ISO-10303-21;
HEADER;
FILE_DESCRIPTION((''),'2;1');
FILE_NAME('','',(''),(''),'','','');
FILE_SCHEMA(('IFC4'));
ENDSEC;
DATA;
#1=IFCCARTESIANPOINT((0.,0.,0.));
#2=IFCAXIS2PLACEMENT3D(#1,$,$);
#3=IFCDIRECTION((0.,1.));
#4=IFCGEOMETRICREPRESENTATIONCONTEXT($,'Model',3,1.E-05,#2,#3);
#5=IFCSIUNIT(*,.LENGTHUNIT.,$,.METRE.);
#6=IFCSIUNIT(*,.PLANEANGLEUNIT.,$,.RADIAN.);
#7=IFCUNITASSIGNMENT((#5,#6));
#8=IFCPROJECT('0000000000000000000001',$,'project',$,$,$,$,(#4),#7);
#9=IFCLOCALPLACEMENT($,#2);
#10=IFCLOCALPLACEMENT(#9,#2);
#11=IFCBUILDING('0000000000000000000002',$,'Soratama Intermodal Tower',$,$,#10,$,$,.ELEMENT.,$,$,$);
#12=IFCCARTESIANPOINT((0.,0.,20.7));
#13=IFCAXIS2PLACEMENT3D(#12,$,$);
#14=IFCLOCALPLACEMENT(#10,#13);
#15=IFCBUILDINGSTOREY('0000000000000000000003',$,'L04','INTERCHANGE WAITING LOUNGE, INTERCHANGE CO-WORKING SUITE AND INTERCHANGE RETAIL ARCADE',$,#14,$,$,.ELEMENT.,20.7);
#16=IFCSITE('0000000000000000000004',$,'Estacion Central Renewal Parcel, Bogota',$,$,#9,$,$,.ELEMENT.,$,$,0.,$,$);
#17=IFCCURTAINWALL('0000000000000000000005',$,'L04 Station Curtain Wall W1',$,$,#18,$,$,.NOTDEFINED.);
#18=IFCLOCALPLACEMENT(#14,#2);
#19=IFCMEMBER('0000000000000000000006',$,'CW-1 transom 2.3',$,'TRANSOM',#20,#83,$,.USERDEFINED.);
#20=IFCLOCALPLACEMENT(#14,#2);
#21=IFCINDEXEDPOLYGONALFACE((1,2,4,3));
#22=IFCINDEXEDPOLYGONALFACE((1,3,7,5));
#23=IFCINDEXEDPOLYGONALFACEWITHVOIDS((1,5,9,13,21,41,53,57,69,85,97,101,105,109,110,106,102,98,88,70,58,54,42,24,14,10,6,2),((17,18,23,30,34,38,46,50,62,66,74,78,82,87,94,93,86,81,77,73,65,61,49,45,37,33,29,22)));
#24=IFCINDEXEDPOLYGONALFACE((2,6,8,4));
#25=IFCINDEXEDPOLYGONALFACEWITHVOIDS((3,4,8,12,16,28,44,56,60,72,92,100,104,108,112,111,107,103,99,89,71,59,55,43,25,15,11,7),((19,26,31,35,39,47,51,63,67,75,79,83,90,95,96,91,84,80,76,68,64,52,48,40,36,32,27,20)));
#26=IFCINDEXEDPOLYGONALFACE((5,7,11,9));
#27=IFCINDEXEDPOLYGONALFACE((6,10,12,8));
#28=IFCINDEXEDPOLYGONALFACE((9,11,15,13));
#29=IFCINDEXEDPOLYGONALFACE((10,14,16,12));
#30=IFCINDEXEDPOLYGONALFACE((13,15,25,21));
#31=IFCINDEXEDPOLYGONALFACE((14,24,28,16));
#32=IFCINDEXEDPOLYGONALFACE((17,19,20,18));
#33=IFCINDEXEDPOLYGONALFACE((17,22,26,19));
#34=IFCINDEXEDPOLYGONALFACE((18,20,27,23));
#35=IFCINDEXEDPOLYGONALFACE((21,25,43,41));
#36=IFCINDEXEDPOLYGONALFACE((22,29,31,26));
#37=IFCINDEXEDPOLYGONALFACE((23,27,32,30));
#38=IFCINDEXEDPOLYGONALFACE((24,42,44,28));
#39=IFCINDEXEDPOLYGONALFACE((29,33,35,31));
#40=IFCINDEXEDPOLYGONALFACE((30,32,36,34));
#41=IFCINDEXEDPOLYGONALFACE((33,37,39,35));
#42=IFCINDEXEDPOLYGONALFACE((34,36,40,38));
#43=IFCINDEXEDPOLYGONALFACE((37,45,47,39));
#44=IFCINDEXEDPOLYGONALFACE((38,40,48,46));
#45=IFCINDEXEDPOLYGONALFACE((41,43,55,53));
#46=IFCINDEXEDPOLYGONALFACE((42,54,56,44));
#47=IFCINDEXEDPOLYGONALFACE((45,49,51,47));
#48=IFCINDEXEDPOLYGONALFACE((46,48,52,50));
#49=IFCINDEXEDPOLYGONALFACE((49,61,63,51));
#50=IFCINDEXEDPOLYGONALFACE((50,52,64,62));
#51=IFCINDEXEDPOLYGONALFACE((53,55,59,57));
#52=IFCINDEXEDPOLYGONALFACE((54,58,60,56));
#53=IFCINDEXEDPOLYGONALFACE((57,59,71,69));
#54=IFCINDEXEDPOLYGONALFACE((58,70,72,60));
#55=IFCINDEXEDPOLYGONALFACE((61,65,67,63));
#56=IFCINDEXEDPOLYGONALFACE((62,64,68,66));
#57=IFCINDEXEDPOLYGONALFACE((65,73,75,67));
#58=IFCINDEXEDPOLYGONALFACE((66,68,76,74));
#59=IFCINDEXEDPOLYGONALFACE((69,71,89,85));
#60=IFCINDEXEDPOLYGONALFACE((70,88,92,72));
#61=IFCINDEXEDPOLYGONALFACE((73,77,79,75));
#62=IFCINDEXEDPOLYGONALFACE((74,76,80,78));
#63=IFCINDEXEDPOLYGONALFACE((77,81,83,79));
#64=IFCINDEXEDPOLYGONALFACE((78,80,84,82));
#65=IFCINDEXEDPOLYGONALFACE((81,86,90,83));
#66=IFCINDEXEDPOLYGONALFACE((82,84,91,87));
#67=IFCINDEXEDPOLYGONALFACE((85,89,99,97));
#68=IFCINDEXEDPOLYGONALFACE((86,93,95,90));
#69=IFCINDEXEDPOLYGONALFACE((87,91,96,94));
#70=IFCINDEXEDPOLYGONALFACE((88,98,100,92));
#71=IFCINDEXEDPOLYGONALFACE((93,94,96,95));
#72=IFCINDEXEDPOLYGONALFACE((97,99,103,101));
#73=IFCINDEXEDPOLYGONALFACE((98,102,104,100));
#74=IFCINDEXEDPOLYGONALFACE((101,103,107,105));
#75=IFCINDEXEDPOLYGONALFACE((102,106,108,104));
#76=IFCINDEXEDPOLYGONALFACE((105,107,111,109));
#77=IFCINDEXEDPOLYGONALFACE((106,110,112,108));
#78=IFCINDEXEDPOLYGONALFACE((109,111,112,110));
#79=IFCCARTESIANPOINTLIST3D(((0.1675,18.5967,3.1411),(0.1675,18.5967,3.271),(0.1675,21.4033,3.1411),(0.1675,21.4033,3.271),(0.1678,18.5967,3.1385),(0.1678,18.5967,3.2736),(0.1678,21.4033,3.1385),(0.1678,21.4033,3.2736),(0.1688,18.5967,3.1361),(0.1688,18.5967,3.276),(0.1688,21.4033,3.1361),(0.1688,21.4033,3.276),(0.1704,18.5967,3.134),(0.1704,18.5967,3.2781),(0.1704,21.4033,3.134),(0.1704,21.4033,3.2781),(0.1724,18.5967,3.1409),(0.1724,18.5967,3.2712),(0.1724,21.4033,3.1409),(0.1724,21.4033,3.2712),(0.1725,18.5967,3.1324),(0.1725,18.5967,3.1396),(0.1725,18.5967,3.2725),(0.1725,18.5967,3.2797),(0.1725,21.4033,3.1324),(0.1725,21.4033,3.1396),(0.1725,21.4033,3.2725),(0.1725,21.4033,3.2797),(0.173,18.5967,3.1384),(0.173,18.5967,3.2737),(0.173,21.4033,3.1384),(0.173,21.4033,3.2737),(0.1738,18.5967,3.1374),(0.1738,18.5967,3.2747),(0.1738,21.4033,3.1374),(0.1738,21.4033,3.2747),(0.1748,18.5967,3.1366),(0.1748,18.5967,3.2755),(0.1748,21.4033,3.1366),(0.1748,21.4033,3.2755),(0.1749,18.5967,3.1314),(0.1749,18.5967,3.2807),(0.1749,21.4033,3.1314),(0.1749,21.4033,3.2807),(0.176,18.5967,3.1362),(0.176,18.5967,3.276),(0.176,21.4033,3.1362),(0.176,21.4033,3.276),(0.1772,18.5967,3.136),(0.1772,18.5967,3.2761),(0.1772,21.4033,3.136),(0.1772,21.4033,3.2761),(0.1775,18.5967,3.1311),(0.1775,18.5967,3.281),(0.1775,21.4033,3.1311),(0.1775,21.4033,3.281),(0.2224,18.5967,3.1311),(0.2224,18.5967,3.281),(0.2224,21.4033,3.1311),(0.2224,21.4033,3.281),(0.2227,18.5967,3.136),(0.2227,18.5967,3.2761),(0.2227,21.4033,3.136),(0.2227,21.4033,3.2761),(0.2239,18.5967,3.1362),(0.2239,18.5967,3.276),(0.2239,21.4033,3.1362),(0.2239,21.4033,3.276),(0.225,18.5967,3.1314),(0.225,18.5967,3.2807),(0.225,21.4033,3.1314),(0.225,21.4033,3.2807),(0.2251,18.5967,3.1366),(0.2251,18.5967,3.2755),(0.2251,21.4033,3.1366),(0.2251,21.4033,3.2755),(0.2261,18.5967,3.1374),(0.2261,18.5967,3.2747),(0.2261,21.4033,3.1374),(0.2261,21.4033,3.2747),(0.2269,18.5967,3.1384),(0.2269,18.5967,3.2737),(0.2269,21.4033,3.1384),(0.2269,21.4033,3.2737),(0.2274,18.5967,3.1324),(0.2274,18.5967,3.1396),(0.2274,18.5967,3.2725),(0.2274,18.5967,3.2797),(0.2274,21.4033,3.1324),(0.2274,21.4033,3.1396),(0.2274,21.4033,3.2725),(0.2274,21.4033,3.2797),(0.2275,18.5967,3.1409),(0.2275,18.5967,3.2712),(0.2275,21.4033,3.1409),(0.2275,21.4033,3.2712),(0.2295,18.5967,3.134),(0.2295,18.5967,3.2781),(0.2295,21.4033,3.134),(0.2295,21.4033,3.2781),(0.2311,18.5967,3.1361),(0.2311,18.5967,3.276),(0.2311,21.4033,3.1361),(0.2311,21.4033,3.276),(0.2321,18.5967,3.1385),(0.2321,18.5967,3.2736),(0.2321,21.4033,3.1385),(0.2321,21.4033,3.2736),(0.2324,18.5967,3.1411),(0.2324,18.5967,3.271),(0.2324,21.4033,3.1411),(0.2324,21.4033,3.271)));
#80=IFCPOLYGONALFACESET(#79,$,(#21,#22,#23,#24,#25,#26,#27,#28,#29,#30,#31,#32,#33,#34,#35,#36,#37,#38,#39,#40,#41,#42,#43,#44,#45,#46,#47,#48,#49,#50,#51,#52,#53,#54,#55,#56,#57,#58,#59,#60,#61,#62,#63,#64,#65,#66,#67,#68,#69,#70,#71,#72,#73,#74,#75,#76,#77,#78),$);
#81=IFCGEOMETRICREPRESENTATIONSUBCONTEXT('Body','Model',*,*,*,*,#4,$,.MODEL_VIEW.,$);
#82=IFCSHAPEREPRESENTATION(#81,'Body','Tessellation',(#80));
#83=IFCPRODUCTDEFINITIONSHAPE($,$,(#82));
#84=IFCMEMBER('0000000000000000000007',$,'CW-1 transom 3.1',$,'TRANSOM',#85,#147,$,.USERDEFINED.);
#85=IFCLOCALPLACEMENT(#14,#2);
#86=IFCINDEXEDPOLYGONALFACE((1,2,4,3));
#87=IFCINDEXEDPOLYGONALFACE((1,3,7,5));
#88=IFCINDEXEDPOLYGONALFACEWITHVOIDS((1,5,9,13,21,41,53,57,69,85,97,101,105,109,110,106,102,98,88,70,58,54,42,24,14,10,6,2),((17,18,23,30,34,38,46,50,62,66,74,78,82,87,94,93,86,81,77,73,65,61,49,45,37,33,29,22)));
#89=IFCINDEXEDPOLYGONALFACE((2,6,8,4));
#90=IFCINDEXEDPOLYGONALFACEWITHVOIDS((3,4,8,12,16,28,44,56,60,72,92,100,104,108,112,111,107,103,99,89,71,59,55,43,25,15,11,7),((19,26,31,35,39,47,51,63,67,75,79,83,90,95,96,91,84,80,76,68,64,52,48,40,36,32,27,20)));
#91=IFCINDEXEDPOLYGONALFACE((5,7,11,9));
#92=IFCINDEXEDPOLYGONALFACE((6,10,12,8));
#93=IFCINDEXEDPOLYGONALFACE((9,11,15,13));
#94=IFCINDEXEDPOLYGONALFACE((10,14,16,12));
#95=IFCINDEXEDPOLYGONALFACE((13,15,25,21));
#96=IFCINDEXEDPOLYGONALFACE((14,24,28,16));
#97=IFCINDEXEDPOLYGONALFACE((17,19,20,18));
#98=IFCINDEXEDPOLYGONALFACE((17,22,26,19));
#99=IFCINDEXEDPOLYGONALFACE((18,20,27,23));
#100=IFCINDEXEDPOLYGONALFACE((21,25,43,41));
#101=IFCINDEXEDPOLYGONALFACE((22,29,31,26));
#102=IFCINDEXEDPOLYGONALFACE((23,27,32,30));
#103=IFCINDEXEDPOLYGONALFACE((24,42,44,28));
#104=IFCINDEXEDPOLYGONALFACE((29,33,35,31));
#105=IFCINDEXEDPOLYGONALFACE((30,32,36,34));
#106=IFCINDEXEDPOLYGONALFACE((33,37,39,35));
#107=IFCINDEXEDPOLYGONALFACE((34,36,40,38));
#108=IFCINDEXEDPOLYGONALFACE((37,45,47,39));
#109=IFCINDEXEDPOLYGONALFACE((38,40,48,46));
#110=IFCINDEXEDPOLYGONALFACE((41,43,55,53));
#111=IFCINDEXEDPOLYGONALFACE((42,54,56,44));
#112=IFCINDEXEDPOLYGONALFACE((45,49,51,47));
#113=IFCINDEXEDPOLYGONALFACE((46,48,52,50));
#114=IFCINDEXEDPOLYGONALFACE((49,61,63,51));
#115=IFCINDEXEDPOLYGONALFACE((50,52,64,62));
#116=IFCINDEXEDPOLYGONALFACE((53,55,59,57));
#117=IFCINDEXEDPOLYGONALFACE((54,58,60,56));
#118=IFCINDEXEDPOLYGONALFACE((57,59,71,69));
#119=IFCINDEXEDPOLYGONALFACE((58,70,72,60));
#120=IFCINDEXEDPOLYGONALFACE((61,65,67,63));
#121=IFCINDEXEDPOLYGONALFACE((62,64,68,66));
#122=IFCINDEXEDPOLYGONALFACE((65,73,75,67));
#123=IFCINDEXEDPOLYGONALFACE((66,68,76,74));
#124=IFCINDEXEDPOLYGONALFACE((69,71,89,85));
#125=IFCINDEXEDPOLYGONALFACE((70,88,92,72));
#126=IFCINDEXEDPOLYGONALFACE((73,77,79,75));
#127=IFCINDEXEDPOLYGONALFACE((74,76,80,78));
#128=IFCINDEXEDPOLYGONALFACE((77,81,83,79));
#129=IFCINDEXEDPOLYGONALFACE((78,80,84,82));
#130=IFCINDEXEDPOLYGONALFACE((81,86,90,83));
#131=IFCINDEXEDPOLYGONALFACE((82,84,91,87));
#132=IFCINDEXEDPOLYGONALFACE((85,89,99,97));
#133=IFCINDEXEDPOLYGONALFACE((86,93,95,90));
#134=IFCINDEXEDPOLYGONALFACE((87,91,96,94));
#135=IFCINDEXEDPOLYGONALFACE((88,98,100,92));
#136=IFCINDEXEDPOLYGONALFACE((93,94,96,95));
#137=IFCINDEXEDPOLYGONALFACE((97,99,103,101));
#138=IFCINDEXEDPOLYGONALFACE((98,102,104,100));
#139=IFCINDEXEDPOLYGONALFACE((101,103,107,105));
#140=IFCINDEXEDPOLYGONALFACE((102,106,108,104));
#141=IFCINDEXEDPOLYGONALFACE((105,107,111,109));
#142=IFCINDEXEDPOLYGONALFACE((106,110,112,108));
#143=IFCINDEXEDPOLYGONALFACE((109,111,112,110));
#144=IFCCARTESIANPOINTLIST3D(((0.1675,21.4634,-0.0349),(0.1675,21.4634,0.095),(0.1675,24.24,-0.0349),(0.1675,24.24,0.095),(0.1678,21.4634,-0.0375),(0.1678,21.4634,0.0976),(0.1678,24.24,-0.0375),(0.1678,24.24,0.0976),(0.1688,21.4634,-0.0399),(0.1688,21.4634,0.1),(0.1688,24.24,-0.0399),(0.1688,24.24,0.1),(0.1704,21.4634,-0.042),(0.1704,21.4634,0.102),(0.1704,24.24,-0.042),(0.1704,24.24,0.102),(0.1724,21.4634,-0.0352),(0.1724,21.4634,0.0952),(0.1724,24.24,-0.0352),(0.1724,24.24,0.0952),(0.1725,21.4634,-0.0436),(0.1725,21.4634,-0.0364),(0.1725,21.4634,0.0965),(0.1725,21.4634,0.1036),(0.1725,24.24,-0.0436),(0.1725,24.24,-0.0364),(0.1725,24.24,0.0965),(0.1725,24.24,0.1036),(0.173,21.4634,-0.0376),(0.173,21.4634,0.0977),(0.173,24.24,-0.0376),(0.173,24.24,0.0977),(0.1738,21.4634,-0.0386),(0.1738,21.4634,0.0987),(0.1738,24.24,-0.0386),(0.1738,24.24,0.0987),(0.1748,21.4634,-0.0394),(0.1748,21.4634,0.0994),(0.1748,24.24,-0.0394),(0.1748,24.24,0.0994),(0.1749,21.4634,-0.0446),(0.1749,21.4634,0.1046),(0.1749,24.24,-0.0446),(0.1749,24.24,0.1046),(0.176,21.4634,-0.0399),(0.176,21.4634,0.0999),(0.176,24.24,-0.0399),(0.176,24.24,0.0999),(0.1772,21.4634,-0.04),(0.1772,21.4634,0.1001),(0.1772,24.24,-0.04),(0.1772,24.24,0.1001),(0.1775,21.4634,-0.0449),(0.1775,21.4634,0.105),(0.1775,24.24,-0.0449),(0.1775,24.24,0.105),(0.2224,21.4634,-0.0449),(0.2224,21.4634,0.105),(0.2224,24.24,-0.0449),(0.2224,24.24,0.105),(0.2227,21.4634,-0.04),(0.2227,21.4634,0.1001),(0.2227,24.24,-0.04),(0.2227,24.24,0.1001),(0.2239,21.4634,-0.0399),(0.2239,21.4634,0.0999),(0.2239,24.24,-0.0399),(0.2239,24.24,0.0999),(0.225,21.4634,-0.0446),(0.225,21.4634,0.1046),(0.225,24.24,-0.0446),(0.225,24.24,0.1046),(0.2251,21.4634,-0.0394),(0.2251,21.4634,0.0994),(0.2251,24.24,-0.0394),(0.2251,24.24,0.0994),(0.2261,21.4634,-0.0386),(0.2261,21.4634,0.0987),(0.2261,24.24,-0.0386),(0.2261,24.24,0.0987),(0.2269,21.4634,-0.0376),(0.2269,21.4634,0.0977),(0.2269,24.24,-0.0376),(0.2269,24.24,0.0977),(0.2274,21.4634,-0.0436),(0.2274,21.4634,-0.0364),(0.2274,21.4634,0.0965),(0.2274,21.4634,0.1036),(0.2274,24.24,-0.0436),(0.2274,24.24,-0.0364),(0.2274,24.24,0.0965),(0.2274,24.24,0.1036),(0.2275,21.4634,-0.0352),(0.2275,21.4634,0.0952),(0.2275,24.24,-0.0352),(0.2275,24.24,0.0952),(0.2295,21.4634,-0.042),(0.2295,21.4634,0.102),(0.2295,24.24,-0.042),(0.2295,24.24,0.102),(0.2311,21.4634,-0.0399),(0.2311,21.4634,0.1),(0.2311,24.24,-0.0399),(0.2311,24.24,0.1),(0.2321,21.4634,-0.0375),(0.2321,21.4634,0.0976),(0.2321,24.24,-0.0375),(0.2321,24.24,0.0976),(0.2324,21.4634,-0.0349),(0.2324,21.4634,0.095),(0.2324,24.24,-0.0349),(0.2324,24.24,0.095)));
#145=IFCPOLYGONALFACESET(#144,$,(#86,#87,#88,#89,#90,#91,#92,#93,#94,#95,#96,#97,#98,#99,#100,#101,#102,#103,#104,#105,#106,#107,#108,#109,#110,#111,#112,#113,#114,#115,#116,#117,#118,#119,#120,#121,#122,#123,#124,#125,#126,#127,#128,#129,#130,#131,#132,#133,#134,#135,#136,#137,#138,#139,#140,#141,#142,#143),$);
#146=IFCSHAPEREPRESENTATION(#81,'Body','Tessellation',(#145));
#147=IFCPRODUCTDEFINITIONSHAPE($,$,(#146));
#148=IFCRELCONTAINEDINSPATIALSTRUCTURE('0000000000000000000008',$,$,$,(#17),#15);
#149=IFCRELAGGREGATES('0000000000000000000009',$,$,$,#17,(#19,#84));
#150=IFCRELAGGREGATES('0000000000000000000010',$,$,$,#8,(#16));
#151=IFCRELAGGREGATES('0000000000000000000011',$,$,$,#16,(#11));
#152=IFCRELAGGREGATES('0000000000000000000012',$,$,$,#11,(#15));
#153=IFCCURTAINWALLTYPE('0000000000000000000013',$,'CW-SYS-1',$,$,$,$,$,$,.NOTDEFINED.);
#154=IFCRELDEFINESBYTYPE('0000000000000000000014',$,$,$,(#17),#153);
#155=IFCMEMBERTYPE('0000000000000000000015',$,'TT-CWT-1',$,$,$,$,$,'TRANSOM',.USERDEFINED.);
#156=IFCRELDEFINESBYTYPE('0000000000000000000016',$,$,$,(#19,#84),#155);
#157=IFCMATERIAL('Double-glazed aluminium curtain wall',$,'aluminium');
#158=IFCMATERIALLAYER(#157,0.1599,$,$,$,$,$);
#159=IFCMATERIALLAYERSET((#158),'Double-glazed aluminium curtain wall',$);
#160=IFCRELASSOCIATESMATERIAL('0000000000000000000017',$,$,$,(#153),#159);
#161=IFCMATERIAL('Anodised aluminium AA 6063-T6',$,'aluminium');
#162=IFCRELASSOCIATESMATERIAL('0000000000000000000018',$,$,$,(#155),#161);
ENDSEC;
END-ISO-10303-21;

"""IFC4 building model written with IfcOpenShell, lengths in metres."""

from ifc_helpers import new_model, si_unit, direction, frame, origin, origin_2d, place, context, subcontext, project, spatial, hollow_rectangle, extrude, material, layer, layer_set, material_profile, profile_set, type_object, element, aggregate, save


model = new_model("IFC4")

# Units and contexts
model_context = context("Model", 3, precision=1e-05, world=origin(), true_north=direction((0.0, 1.0)))
body_context = subcontext(model_context, "Body", "Model", "MODEL_VIEW")
ifc_project = project(units=[si_unit("LENGTHUNIT", "METRE"), si_unit("PLANEANGLEUNIT", "RADIAN")], contexts=[model_context])

# Site, building, storey
site_placement = place(None, origin())
site = spatial("IfcSite", under=ifc_project, at=site_placement, Name="Estacion Central Renewal Parcel, Bogota", CompositionType="ELEMENT", RefElevation=0.0)
building_placement = place(site_placement, origin())
building = spatial("IfcBuilding", under=site, at=building_placement, Name="Soratama Intermodal Tower", CompositionType="ELEMENT")
storey_placement = place(building_placement, frame((0.0, 0.0, 20.7)))
storey = spatial("IfcBuildingStorey", under=building, at=storey_placement, Name="L04", Description="INTERCHANGE WAITING LOUNGE, INTERCHANGE CO-WORKING SUITE AND INTERCHANGE RETAIL ARCADE", CompositionType="ELEMENT", Elevation=20.7)

# Curtain wall, members
ifc_material_1 = material(Name="Double-glazed aluminium curtain wall", Category="aluminium")
ifc_layer_1 = layer(ifc_material_1, 0.1599)
ifc_layer_set_1 = layer_set([ifc_layer_1], Name="Double-glazed aluminium curtain wall")
curtain_wall_type = type_object("IfcCurtainWallType", Name="CW-SYS-1", PredefinedType="NOTDEFINED", material=ifc_layer_set_1)
curtain_wall_placement = place(storey_placement, origin())
curtain_wall = element("IfcCurtainWall", 1, at=curtain_wall_placement, inside=storey, type_object=curtain_wall_type, Name="L04 Station Curtain Wall W1", PredefinedType="NOTDEFINED")
ifc_material_2 = material(Name="Anodised aluminium AA 6063-T6", Category="aluminium")
ifc_material_profile_1 = material_profile(ifc_material_2, hollow_rectangle(XDim=0.0649, YDim=0.1499, WallThickness=0.0049, InnerFilletRadius=0.0049, OuterFilletRadius=0.01, at=origin_2d()), Name="CWT150X65X5")
ifc_profile_set_1 = profile_set([ifc_material_profile_1], Name="Anodised aluminium AA 6063-T6")
member_type_1 = type_object("IfcMemberType", Name="TT-CWT-1", ElementType="TRANSOM", PredefinedType="USERDEFINED", material=ifc_profile_set_1)
member_1_placement = place(storey_placement, frame((0.2, 18.5967, 3.2061), z_axis=(0.0, 1.0, 0.0), x_axis=(-1.0, 0.0, 0.0)))
member_1 = element("IfcMember", 2, at=member_1_placement, type_object=member_type_1, Name="CW-1 transom 2.3", ObjectType="TRANSOM", PredefinedType="USERDEFINED", context=body_context, shape_type="SweptSolid", body=[
    extrude(hollow_rectangle(XDim=0.0649, YDim=0.1499, WallThickness=0.0049, InnerFilletRadius=0.0049, OuterFilletRadius=0.01, at=origin_2d()), origin(), (0.0, 0.0, 1.0), 2.8066),
])
member_2_placement = place(storey_placement, frame((0.2, 21.4634, 0.03), z_axis=(0.0, 1.0, 0.0), x_axis=(-1.0, 0.0, 0.0)))
member_2 = element("IfcMember", 3, at=member_2_placement, type_object=member_type_1, Name="CW-1 transom 3.1", ObjectType="TRANSOM", PredefinedType="USERDEFINED", context=body_context, shape_type="SweptSolid", body=[
    extrude(hollow_rectangle(XDim=0.0649, YDim=0.1499, WallThickness=0.0049, InnerFilletRadius=0.0049, OuterFilletRadius=0.01, at=origin_2d()), origin(), (0.0, 0.0, 1.0), 2.7766),
])
aggregate(curtain_wall, [member_1, member_2])

save(model, "model.ifc")
